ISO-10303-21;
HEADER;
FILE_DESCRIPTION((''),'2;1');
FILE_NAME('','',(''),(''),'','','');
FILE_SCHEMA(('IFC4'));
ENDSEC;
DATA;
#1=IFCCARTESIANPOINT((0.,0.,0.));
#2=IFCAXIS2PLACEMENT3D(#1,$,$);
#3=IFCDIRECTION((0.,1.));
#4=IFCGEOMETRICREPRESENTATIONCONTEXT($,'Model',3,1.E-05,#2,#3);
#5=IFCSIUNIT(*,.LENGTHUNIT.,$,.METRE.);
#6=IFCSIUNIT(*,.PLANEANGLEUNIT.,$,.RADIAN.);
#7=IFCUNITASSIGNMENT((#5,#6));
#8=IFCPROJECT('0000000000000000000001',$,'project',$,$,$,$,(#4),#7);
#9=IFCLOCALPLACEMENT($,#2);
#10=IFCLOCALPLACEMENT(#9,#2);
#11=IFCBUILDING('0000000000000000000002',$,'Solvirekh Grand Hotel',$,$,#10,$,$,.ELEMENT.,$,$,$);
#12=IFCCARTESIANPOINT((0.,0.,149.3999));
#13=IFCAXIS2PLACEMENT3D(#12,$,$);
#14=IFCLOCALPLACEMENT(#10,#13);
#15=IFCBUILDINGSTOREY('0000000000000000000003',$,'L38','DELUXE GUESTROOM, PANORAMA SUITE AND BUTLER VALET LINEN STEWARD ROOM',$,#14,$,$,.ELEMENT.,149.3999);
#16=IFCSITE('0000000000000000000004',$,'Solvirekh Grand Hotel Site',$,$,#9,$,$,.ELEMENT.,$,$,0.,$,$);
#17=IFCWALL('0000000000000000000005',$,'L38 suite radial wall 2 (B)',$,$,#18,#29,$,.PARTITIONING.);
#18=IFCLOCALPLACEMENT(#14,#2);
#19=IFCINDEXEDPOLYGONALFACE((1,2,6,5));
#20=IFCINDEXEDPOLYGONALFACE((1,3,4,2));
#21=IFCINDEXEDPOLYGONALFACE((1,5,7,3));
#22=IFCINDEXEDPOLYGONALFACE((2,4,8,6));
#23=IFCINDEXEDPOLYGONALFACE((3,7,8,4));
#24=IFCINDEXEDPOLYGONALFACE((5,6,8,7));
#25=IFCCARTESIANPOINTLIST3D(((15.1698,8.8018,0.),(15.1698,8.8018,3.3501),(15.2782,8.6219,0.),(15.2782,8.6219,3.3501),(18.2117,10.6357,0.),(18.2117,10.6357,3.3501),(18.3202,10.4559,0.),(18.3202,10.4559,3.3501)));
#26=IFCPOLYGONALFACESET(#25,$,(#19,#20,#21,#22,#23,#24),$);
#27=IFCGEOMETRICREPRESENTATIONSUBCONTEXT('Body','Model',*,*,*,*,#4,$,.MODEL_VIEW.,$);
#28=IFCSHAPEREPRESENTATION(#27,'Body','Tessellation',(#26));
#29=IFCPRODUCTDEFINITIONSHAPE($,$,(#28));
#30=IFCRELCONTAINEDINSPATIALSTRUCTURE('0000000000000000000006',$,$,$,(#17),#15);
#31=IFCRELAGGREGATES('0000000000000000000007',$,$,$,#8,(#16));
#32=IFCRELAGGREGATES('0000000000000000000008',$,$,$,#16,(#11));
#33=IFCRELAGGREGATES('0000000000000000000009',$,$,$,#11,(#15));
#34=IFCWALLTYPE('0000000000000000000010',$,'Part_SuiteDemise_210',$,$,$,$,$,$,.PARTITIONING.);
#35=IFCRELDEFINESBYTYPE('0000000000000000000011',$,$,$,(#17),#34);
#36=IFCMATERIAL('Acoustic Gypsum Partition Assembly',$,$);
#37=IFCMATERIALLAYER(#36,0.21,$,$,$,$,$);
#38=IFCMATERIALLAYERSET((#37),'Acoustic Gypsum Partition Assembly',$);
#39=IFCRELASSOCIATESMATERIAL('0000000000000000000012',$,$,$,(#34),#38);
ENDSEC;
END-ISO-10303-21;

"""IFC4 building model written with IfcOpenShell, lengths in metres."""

from ifc_helpers import new_model, si_unit, direction, frame, frame_2d, origin, place, context, subcontext, project, spatial, rectangle, extrude, material, layer, layer_set, type_object, element, save


model = new_model("IFC4")

# Units and contexts
model_context = context("Model", 3, precision=1e-05, world=origin(), true_north=direction((0.0, 1.0)))
body_context = subcontext(model_context, "Body", "Model", "MODEL_VIEW")
ifc_project = project(units=[si_unit("LENGTHUNIT", "METRE"), si_unit("PLANEANGLEUNIT", "RADIAN")], contexts=[model_context])

# Site, building, storey
site_placement = place(None, origin())
site = spatial("IfcSite", under=ifc_project, at=site_placement, Name="Solvirekh Grand Hotel Site", CompositionType="ELEMENT", RefElevation=0.0)
building_placement = place(site_placement, origin())
building = spatial("IfcBuilding", under=site, at=building_placement, Name="Solvirekh Grand Hotel", CompositionType="ELEMENT")
storey_placement = place(building_placement, frame((0.0, 0.0, 149.3999)))
storey = spatial("IfcBuildingStorey", under=building, at=storey_placement, Name="L38", Description="DELUXE GUESTROOM, PANORAMA SUITE AND BUTLER VALET LINEN STEWARD ROOM", CompositionType="ELEMENT", Elevation=149.3999)

# Shared definitions
ifc_material_1 = material(Name="Acoustic Gypsum Partition Assembly")

# Wall
ifc_layer_1 = layer(ifc_material_1, 0.21)
ifc_layer_set_1 = layer_set([ifc_layer_1], Name="Acoustic Gypsum Partition Assembly")
wall_type_1 = type_object("IfcWallType", Name="Part_SuiteDemise_210", PredefinedType="PARTITIONING", material=ifc_layer_set_1)
wall_1_placement = place(storey_placement, frame((15.2241, 8.7119, 0.0), z_axis=(0.0, 0.0, 1.0), x_axis=(0.856399, 0.516314, 0.0)))
element("IfcWall", 1, at=wall_1_placement, inside=storey, type_object=wall_type_1, Name="L38 suite radial wall 2 (B)", PredefinedType="PARTITIONING", context=body_context, shape_type="SweptSolid", body=[
    extrude(rectangle(XDim=3.552, YDim=0.21, at=frame_2d((1.7759, 0.0))), origin(), (0.0, 0.0, 1.0), 3.3501),
])

save(model, "model.ifc")
